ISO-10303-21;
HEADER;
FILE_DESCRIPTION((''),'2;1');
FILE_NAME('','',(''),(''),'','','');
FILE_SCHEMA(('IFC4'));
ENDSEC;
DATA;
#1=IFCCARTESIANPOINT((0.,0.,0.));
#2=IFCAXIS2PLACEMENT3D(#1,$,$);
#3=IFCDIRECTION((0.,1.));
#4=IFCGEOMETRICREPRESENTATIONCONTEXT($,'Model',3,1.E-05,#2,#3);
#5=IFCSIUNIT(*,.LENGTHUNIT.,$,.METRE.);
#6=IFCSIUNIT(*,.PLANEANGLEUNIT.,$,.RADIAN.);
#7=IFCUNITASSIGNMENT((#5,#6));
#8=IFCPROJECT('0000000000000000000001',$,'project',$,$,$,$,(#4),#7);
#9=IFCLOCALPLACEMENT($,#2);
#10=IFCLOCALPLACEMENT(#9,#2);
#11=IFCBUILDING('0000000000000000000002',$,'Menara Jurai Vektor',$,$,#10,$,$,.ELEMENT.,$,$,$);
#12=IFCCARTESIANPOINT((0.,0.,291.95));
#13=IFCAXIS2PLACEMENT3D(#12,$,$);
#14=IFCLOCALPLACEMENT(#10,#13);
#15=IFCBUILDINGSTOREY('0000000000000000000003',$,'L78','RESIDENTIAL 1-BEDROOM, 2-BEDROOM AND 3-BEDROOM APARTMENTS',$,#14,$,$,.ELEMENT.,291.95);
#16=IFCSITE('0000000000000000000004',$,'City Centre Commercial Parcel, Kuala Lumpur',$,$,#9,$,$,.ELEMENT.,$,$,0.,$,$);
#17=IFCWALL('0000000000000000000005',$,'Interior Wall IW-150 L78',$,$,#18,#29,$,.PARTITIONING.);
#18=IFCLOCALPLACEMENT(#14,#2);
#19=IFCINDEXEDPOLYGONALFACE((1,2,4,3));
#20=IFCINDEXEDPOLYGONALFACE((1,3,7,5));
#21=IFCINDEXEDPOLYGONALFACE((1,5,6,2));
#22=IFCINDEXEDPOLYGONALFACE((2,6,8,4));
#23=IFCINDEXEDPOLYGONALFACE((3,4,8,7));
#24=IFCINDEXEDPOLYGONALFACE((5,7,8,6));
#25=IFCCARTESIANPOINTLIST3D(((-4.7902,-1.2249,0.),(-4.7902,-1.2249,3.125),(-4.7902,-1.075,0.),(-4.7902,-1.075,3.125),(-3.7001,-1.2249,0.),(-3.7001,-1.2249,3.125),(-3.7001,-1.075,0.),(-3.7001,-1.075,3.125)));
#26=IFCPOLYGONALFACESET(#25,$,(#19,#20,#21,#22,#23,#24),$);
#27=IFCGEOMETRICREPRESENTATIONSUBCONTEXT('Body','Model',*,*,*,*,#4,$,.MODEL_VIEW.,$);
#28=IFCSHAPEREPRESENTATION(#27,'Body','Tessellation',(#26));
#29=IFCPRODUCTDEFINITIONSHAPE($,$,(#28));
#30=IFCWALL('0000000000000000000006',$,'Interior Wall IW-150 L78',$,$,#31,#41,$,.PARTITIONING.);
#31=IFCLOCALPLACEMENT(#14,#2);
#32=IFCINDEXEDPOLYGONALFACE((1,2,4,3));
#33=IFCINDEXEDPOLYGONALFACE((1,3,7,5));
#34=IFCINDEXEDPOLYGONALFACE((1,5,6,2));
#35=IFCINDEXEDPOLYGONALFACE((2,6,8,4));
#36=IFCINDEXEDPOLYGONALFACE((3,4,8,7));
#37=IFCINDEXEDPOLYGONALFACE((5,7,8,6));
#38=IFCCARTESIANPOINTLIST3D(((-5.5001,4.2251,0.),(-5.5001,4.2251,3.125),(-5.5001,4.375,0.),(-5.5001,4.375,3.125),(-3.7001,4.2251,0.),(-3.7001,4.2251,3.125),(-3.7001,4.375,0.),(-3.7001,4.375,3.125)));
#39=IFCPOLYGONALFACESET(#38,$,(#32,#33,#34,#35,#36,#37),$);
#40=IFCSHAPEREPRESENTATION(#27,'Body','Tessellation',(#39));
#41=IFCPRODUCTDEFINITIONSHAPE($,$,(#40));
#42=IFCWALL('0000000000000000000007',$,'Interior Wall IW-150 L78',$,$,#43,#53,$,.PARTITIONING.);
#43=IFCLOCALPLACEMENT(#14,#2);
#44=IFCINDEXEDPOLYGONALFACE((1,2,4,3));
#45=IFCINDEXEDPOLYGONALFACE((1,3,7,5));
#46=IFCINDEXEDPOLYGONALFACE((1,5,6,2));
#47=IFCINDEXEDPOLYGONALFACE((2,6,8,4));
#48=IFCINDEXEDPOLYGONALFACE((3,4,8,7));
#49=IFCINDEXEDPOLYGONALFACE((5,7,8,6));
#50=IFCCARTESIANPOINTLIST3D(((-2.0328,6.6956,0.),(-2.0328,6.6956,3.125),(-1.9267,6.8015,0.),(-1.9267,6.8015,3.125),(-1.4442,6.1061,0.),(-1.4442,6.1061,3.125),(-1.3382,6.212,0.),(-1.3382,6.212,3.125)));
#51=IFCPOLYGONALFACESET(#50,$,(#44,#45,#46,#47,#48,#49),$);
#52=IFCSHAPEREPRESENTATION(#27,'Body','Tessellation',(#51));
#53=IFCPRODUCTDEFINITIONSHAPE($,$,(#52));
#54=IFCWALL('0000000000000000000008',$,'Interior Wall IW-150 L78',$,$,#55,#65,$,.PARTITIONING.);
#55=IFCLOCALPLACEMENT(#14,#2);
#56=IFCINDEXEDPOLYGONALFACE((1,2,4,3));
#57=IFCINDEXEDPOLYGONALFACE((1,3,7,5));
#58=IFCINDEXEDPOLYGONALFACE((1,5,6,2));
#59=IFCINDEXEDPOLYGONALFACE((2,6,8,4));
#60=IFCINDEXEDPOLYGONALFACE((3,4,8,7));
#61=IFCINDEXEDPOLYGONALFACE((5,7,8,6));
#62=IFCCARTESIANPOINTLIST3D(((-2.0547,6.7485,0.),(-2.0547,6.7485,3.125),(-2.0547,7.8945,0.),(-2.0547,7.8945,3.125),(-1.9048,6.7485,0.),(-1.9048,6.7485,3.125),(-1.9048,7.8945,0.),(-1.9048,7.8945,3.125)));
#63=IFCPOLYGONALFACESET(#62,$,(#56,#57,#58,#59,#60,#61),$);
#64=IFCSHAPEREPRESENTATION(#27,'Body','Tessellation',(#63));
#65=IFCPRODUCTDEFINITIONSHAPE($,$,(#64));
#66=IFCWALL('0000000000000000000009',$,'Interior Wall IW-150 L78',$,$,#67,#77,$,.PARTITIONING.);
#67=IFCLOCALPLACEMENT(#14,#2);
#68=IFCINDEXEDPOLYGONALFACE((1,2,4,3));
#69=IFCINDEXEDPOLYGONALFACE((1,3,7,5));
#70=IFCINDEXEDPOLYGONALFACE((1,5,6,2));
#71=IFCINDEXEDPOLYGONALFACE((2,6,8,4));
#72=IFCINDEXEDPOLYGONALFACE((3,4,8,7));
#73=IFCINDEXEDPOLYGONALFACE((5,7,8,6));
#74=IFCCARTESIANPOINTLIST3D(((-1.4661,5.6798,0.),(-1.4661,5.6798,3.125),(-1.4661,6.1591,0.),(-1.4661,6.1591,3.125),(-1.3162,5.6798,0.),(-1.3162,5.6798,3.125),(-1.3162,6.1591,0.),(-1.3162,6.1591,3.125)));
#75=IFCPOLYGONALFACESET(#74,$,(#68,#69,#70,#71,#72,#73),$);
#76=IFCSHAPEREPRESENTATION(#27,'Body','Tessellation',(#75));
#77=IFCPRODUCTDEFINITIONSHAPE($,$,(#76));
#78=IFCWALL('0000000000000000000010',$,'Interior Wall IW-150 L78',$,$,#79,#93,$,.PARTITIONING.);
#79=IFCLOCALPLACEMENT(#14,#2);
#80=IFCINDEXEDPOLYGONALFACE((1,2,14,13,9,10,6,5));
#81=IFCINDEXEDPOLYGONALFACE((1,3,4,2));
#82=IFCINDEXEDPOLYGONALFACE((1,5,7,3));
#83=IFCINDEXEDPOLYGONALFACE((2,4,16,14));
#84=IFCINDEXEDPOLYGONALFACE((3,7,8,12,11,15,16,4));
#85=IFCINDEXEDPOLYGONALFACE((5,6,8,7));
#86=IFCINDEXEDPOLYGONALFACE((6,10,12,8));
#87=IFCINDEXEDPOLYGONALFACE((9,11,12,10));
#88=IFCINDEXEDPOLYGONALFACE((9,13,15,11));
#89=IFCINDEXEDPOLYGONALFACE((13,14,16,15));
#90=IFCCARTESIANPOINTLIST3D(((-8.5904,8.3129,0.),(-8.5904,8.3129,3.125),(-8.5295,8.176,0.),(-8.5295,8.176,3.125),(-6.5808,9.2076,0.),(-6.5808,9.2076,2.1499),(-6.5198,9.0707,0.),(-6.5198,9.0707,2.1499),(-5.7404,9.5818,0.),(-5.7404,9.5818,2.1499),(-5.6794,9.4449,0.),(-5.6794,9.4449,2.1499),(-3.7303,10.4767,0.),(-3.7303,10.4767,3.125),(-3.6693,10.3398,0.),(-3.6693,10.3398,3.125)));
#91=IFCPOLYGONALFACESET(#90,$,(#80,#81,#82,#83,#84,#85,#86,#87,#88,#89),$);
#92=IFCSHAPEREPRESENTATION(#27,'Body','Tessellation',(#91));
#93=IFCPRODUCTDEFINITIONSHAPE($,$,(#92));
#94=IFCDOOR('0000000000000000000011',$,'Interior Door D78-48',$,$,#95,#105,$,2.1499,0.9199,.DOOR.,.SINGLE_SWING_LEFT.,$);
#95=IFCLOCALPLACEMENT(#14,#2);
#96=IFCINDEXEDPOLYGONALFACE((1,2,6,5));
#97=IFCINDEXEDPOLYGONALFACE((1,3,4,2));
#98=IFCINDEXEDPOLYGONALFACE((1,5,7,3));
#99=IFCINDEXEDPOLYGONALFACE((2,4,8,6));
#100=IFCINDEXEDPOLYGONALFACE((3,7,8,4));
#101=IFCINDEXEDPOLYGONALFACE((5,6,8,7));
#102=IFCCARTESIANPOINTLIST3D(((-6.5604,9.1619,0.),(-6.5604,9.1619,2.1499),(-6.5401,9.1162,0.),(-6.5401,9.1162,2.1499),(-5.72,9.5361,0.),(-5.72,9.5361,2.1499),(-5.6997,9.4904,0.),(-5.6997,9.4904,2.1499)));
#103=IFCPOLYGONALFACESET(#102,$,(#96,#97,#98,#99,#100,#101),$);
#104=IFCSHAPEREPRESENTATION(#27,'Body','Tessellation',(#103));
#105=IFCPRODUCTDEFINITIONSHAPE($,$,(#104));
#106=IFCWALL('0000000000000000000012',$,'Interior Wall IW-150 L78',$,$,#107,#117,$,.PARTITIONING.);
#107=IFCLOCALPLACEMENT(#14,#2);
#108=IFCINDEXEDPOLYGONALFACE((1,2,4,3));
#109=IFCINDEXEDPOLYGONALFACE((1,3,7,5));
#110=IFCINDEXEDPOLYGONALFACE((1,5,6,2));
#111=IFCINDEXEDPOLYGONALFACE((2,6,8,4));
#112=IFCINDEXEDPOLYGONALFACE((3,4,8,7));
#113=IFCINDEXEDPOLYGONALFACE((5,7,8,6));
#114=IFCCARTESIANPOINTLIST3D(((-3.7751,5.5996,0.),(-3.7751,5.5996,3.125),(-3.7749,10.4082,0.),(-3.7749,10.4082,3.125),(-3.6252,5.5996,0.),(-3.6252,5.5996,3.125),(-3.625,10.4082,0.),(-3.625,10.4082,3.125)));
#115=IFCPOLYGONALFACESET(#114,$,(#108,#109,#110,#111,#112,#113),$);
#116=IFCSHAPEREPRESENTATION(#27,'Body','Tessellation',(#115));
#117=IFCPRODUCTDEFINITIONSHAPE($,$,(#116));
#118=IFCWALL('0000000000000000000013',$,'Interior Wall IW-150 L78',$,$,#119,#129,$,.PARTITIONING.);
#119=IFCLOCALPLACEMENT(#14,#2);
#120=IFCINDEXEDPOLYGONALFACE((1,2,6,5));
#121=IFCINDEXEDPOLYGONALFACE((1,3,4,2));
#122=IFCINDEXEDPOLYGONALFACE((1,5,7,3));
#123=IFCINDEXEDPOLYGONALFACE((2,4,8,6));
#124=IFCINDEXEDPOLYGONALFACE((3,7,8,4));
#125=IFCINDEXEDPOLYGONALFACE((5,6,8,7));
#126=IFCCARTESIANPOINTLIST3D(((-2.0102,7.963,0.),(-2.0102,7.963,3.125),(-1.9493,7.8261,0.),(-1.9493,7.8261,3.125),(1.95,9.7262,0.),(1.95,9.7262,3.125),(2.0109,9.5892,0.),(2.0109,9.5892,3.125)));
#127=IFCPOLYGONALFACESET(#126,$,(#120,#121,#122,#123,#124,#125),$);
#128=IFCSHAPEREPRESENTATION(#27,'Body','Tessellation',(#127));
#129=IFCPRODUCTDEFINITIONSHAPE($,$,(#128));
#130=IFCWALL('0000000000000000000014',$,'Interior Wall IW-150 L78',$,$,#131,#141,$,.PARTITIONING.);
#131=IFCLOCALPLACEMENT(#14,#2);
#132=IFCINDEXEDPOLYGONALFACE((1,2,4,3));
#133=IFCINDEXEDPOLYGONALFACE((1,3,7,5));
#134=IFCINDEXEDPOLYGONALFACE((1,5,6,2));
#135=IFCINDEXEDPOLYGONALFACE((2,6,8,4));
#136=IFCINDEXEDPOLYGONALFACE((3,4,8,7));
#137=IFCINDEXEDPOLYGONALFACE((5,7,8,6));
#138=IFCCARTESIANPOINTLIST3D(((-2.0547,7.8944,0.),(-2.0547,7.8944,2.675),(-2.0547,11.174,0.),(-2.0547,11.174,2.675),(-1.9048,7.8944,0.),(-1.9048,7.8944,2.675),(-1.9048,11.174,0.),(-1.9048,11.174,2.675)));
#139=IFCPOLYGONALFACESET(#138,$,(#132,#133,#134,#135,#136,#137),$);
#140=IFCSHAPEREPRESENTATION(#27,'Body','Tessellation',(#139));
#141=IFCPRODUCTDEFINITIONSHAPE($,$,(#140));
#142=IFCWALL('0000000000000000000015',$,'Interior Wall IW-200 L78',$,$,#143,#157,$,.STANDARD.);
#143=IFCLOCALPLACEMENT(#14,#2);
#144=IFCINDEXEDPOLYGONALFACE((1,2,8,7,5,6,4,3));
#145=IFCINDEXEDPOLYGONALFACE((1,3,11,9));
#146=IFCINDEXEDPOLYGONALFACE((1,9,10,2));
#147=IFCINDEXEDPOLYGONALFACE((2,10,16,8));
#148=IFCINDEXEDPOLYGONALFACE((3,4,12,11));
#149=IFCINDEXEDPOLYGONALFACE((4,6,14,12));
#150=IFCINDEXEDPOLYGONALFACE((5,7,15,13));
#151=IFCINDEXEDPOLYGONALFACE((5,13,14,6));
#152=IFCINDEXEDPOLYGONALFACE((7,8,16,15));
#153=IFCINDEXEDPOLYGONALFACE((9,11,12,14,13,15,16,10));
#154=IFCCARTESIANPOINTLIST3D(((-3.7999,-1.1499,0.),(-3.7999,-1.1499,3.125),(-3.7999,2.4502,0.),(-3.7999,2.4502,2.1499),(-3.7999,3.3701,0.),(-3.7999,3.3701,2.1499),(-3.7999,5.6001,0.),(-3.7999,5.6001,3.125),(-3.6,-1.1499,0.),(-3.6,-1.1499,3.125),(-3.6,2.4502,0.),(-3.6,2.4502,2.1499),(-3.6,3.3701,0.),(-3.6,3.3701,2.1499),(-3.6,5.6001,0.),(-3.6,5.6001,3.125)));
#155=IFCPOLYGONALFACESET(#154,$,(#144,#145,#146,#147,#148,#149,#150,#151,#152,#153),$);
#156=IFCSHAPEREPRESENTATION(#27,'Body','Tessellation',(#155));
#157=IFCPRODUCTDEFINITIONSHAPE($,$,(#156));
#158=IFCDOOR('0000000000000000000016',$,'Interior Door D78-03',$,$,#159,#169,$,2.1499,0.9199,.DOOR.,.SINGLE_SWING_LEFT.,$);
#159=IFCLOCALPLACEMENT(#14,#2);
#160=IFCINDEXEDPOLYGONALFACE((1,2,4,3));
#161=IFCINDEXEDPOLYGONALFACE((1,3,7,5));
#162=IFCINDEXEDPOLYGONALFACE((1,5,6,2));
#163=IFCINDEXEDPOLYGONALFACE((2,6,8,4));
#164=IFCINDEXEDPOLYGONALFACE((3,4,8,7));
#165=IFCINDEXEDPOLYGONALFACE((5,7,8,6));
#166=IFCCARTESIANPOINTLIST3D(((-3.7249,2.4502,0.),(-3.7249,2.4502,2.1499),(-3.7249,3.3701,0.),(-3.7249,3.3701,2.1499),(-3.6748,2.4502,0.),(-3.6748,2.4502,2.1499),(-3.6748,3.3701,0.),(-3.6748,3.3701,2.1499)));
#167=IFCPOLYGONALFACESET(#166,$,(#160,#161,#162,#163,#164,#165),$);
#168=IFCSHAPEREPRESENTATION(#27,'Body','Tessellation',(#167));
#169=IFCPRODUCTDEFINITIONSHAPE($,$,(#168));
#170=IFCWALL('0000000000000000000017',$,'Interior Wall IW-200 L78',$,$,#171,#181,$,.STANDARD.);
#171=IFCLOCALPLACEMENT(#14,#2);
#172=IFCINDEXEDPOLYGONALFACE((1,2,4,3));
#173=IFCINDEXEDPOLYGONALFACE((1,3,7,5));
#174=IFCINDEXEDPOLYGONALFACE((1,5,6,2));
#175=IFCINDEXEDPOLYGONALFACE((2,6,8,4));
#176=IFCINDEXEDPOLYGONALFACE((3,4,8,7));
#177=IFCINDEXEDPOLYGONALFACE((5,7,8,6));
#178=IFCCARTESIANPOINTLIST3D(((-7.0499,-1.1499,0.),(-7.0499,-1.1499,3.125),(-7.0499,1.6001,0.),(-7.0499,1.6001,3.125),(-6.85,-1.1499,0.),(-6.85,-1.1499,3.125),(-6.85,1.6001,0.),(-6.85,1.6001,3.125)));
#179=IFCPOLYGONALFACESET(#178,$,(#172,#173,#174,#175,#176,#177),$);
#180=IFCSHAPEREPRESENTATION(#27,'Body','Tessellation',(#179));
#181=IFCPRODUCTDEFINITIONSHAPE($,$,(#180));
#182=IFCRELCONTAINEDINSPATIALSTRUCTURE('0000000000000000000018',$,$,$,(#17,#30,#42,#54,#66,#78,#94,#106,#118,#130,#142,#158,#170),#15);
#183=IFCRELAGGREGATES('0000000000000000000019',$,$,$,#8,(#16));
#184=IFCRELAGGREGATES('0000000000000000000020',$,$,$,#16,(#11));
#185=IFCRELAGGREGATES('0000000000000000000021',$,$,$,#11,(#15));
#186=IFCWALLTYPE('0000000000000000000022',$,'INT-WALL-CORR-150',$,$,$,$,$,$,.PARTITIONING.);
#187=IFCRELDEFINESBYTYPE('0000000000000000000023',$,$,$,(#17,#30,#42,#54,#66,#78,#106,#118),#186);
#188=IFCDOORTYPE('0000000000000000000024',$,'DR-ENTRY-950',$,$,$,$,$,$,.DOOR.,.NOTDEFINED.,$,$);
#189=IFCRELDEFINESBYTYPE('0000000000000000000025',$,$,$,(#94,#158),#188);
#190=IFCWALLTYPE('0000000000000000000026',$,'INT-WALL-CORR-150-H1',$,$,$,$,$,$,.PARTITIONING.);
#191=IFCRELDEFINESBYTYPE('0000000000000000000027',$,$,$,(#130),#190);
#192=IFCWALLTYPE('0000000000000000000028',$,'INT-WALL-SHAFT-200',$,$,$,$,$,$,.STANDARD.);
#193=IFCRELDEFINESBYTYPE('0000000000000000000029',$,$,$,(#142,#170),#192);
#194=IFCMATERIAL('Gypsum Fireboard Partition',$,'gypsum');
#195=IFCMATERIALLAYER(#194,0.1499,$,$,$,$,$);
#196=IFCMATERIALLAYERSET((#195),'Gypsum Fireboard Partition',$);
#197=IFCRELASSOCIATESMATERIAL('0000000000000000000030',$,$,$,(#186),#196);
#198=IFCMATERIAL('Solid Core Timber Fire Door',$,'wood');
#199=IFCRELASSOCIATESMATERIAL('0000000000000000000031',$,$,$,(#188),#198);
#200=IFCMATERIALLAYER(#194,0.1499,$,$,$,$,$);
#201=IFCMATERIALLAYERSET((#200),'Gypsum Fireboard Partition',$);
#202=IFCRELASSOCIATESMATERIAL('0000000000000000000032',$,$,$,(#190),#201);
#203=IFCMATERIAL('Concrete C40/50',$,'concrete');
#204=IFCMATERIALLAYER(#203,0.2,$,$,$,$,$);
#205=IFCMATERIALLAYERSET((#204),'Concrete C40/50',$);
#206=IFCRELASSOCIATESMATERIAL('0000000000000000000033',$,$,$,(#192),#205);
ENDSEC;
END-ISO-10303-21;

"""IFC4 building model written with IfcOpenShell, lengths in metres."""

from ifc_helpers import new_model, si_unit, direction, frame, frame_2d, origin, place, context, subcontext, project, spatial, rectangle, extrude, material, layer, layer_set, type_object, element, fill, save


model = new_model("IFC4")

# Units and contexts
model_context = context("Model", 3, precision=1e-05, world=origin(), true_north=direction((0.0, 1.0)))
body_context = subcontext(model_context, "Body", "Model", "MODEL_VIEW")
ifc_project = project(units=[si_unit("LENGTHUNIT", "METRE"), si_unit("PLANEANGLEUNIT", "RADIAN")], contexts=[model_context])

# Site, building, storey
site_placement = place(None, origin())
site = spatial("IfcSite", under=ifc_project, at=site_placement, Name="City Centre Commercial Parcel, Kuala Lumpur", CompositionType="ELEMENT", RefElevation=0.0)
building_placement = place(site_placement, origin())
building = spatial("IfcBuilding", under=site, at=building_placement, Name="Menara Jurai Vektor", CompositionType="ELEMENT")
storey_placement = place(building_placement, frame((0.0, 0.0, 291.95)))
storey = spatial("IfcBuildingStorey", under=building, at=storey_placement, Name="L78", Description="RESIDENTIAL 1-BEDROOM, 2-BEDROOM AND 3-BEDROOM APARTMENTS", CompositionType="ELEMENT", Elevation=291.95)

# Walls
ifc_material_1 = material(Name="Concrete C40/50", Category="concrete")
ifc_material_2 = material(Name="Gypsum Fireboard Partition", Category="gypsum")
ifc_layer_1 = layer(ifc_material_2, 0.1499)
ifc_layer_set_1 = layer_set([ifc_layer_1], Name="Gypsum Fireboard Partition")
wall_type_1 = type_object("IfcWallType", Name="INT-WALL-CORR-150", PredefinedType="PARTITIONING", material=ifc_layer_set_1)
wall_1_placement = place(storey_placement, frame((-4.79, -1.1499, 0.0), z_axis=(0.0, 0.0, 1.0), x_axis=(1.0, 0.0, 0.0)))
element("IfcWall", 1, at=wall_1_placement, inside=storey, type_object=wall_type_1, Name="Interior Wall IW-150 L78", PredefinedType="PARTITIONING", context=body_context, shape_type="SweptSolid", body=[
    extrude(rectangle(XDim=1.0901, YDim=0.1499, at=frame_2d((0.5449, 0.0))), origin(), (0.0, 0.0, 1.0), 3.125),
])
wall_2_placement = place(storey_placement, frame((-5.5, 4.3, 0.0), z_axis=(0.0, 0.0, 1.0), x_axis=(1.0, 0.0, 0.0)))
element("IfcWall", 2, at=wall_2_placement, inside=storey, type_object=wall_type_1, Name="Interior Wall IW-150 L78", PredefinedType="PARTITIONING", context=body_context, shape_type="SweptSolid", body=[
    extrude(rectangle(XDim=1.8, YDim=0.1499, at=frame_2d((0.8999, 0.0))), origin(), (0.0, 0.0, 1.0), 3.125),
])
wall_3_placement = place(storey_placement, frame((-1.9797, 6.7485, 0.0), z_axis=(0.0, 0.0, 1.0), x_axis=(0.70652, -0.707693, 0.0)))
element("IfcWall", 3, at=wall_3_placement, inside=storey, type_object=wall_type_1, Name="Interior Wall IW-150 L78", PredefinedType="PARTITIONING", context=body_context, shape_type="SweptSolid", body=[
    extrude(rectangle(XDim=0.833, YDim=0.1499, at=frame_2d((0.4165, 0.0))), origin(), (0.0, 0.0, 1.0), 3.125),
])
wall_4_placement = place(storey_placement, frame((-1.9797, 6.7485, 0.0), z_axis=(0.0, 0.0, 1.0), x_axis=(0.0, 1.0, 0.0)))
element("IfcWall", 4, at=wall_4_placement, inside=storey, type_object=wall_type_1, Name="Interior Wall IW-150 L78", PredefinedType="PARTITIONING", context=body_context, shape_type="SweptSolid", body=[
    extrude(rectangle(XDim=1.146, YDim=0.1499, at=frame_2d((0.573, 0.0))), origin(), (0.0, 0.0, 1.0), 3.125),
])
wall_5_placement = place(storey_placement, frame((-1.3911, 5.6797, 0.0), z_axis=(0.0, 0.0, 1.0), x_axis=(0.0, 1.0, 0.0)))
element("IfcWall", 5, at=wall_5_placement, inside=storey, type_object=wall_type_1, Name="Interior Wall IW-150 L78", PredefinedType="PARTITIONING", context=body_context, shape_type="SweptSolid", body=[
    extrude(rectangle(XDim=0.4792, YDim=0.1499, at=frame_2d((0.2397, 0.0))), origin(), (0.0, 0.0, 1.0), 3.125),
])

# Wall, opening, door
wall_6_placement = place(storey_placement, frame((-8.5601, 8.2444, 0.0), z_axis=(0.0, 0.0, 1.0), x_axis=(0.913548, 0.40673, 0.0)))
wall_6 = element("IfcWall", 6, at=wall_6_placement, inside=storey, type_object=wall_type_1, Name="Interior Wall IW-150 L78", PredefinedType="PARTITIONING", context=body_context, shape_type="SweptSolid", body=[
    extrude(rectangle(XDim=5.3201, YDim=0.1499, at=frame_2d((2.6602, 0.0))), origin(), (0.0, 0.0, 1.0), 3.125),
])
opening_1_placement = place(wall_6_placement, frame((2.2, 0.0, 0.0)))
opening_1 = element("IfcOpeningElement", 7, at=opening_1_placement, cuts=wall_6, PredefinedType="OPENING", context=body_context, shape_type="SweptSolid", body=[
    extrude(rectangle(XDim=0.9199, YDim=2.1499, at=frame_2d((0.46, 1.075))), frame((0.0, 0.085, 0.0), z_axis=(0.0, -1.0, 0.0), x_axis=(1.0, 0.0, 0.0)), (0.0, 0.0, 1.0), 0.1699),
])
ifc_material_3 = material(Name="Solid Core Timber Fire Door", Category="wood")
door_type_1 = type_object("IfcDoorType", Name="DR-ENTRY-950", OperationType="NOTDEFINED", PredefinedType="DOOR", material=ifc_material_3)
door_1_placement = place(opening_1_placement, origin())
door_1 = element("IfcDoor", 8, at=door_1_placement, inside=storey, type_object=door_type_1, Name="Interior Door D78-48", OperationType="SINGLE_SWING_LEFT", OverallHeight=2.1499, OverallWidth=0.9199, PredefinedType="DOOR", context=body_context, shape_type="SweptSolid", body=[
    extrude(rectangle(XDim=0.9199, YDim=2.1499, at=frame_2d((0.46, 1.075))), frame((0.0, 0.0249, 0.0), z_axis=(0.0, -1.0, 0.0), x_axis=(1.0, 0.0, 0.0)), (0.0, 0.0, 1.0), 0.05),
])
fill(opening_1, door_1)

# Walls
wall_7_placement = place(storey_placement, frame((-3.7002, 5.5996, 0.0), z_axis=(0.0, 0.0, 1.0), x_axis=(0.000051, 1.0, 0.0)))
element("IfcWall", 9, at=wall_7_placement, inside=storey, type_object=wall_type_1, Name="Interior Wall IW-150 L78", PredefinedType="PARTITIONING", context=body_context, shape_type="SweptSolid", body=[
    extrude(rectangle(XDim=4.8086, YDim=0.1499, at=frame_2d((2.4043, 0.0))), origin(), (0.0, 0.0, 1.0), 3.125),
])
wall_8_placement = place(storey_placement, frame((-1.9797, 7.8945, 0.0), z_axis=(0.0, 0.0, 1.0), x_axis=(0.913547, 0.406734, 0.0)))
element("IfcWall", 10, at=wall_8_placement, inside=storey, type_object=wall_type_1, Name="Interior Wall IW-150 L78", PredefinedType="PARTITIONING", context=body_context, shape_type="SweptSolid", body=[
    extrude(rectangle(XDim=4.335, YDim=0.1499, at=frame_2d((2.1675, 0.0))), origin(), (0.0, 0.0, 1.0), 3.125),
])
ifc_layer_2 = layer(ifc_material_2, 0.1499)
ifc_layer_set_2 = layer_set([ifc_layer_2], Name="Gypsum Fireboard Partition")
wall_type_2 = type_object("IfcWallType", Name="INT-WALL-CORR-150-H1", PredefinedType="PARTITIONING", material=ifc_layer_set_2)
wall_9_placement = place(storey_placement, frame((-1.9797, 7.8945, 0.0), z_axis=(0.0, 0.0, 1.0), x_axis=(0.0, 1.0, 0.0)))
element("IfcWall", 11, at=wall_9_placement, inside=storey, type_object=wall_type_2, Name="Interior Wall IW-150 L78", PredefinedType="PARTITIONING", context=body_context, shape_type="SweptSolid", body=[
    extrude(rectangle(XDim=3.2795, YDim=0.1499, at=frame_2d((1.6396, 0.0))), origin(), (0.0, 0.0, 1.0), 2.675),
])

# Wall, opening, door
ifc_layer_3 = layer(ifc_material_1, 0.2)
ifc_layer_set_3 = layer_set([ifc_layer_3], Name="Concrete C40/50")
wall_type_3 = type_object("IfcWallType", Name="INT-WALL-SHAFT-200", PredefinedType="STANDARD", material=ifc_layer_set_3)
wall_10_placement = place(storey_placement, frame((-3.7, -1.1499, 0.0), z_axis=(0.0, 0.0, 1.0), x_axis=(0.0, 1.0, 0.0)))
wall_10 = element("IfcWall", 12, at=wall_10_placement, inside=storey, type_object=wall_type_3, Name="Interior Wall IW-200 L78", PredefinedType="STANDARD", context=body_context, shape_type="SweptSolid", body=[
    extrude(rectangle(XDim=6.75, YDim=0.2, at=frame_2d((3.375, 0.0))), origin(), (0.0, 0.0, 1.0), 3.125),
])
opening_2_placement = place(wall_10_placement, frame((3.6001, 0.0, 0.0)))
opening_2 = element("IfcOpeningElement", 13, at=opening_2_placement, cuts=wall_10, PredefinedType="OPENING", context=body_context, shape_type="SweptSolid", body=[
    extrude(rectangle(XDim=0.9199, YDim=2.1499, at=frame_2d((0.46, 1.075))), frame((0.0, 0.1099, 0.0), z_axis=(0.0, -1.0, 0.0), x_axis=(1.0, 0.0, 0.0)), (0.0, 0.0, 1.0), 0.22),
])
door_2_placement = place(opening_2_placement, origin())
door_2 = element("IfcDoor", 14, at=door_2_placement, inside=storey, type_object=door_type_1, Name="Interior Door D78-03", OperationType="SINGLE_SWING_LEFT", OverallHeight=2.1499, OverallWidth=0.9199, PredefinedType="DOOR", context=body_context, shape_type="SweptSolid", body=[
    extrude(rectangle(XDim=0.9199, YDim=2.1499, at=frame_2d((0.46, 1.075))), frame((0.0, 0.0249, 0.0), z_axis=(0.0, -1.0, 0.0), x_axis=(1.0, 0.0, 0.0)), (0.0, 0.0, 1.0), 0.05),
])
fill(opening_2, door_2)

# Wall
wall_11_placement = place(storey_placement, frame((-6.95, -1.1499, 0.0), z_axis=(0.0, 0.0, 1.0), x_axis=(0.0, 1.0, 0.0)))
element("IfcWall", 15, at=wall_11_placement, inside=storey, type_object=wall_type_3, Name="Interior Wall IW-200 L78", PredefinedType="STANDARD", context=body_context, shape_type="SweptSolid", body=[
    extrude(rectangle(XDim=2.75, YDim=0.2, at=frame_2d((1.375, 0.0))), origin(), (0.0, 0.0, 1.0), 3.125),
])

save(model, "model.ifc")
